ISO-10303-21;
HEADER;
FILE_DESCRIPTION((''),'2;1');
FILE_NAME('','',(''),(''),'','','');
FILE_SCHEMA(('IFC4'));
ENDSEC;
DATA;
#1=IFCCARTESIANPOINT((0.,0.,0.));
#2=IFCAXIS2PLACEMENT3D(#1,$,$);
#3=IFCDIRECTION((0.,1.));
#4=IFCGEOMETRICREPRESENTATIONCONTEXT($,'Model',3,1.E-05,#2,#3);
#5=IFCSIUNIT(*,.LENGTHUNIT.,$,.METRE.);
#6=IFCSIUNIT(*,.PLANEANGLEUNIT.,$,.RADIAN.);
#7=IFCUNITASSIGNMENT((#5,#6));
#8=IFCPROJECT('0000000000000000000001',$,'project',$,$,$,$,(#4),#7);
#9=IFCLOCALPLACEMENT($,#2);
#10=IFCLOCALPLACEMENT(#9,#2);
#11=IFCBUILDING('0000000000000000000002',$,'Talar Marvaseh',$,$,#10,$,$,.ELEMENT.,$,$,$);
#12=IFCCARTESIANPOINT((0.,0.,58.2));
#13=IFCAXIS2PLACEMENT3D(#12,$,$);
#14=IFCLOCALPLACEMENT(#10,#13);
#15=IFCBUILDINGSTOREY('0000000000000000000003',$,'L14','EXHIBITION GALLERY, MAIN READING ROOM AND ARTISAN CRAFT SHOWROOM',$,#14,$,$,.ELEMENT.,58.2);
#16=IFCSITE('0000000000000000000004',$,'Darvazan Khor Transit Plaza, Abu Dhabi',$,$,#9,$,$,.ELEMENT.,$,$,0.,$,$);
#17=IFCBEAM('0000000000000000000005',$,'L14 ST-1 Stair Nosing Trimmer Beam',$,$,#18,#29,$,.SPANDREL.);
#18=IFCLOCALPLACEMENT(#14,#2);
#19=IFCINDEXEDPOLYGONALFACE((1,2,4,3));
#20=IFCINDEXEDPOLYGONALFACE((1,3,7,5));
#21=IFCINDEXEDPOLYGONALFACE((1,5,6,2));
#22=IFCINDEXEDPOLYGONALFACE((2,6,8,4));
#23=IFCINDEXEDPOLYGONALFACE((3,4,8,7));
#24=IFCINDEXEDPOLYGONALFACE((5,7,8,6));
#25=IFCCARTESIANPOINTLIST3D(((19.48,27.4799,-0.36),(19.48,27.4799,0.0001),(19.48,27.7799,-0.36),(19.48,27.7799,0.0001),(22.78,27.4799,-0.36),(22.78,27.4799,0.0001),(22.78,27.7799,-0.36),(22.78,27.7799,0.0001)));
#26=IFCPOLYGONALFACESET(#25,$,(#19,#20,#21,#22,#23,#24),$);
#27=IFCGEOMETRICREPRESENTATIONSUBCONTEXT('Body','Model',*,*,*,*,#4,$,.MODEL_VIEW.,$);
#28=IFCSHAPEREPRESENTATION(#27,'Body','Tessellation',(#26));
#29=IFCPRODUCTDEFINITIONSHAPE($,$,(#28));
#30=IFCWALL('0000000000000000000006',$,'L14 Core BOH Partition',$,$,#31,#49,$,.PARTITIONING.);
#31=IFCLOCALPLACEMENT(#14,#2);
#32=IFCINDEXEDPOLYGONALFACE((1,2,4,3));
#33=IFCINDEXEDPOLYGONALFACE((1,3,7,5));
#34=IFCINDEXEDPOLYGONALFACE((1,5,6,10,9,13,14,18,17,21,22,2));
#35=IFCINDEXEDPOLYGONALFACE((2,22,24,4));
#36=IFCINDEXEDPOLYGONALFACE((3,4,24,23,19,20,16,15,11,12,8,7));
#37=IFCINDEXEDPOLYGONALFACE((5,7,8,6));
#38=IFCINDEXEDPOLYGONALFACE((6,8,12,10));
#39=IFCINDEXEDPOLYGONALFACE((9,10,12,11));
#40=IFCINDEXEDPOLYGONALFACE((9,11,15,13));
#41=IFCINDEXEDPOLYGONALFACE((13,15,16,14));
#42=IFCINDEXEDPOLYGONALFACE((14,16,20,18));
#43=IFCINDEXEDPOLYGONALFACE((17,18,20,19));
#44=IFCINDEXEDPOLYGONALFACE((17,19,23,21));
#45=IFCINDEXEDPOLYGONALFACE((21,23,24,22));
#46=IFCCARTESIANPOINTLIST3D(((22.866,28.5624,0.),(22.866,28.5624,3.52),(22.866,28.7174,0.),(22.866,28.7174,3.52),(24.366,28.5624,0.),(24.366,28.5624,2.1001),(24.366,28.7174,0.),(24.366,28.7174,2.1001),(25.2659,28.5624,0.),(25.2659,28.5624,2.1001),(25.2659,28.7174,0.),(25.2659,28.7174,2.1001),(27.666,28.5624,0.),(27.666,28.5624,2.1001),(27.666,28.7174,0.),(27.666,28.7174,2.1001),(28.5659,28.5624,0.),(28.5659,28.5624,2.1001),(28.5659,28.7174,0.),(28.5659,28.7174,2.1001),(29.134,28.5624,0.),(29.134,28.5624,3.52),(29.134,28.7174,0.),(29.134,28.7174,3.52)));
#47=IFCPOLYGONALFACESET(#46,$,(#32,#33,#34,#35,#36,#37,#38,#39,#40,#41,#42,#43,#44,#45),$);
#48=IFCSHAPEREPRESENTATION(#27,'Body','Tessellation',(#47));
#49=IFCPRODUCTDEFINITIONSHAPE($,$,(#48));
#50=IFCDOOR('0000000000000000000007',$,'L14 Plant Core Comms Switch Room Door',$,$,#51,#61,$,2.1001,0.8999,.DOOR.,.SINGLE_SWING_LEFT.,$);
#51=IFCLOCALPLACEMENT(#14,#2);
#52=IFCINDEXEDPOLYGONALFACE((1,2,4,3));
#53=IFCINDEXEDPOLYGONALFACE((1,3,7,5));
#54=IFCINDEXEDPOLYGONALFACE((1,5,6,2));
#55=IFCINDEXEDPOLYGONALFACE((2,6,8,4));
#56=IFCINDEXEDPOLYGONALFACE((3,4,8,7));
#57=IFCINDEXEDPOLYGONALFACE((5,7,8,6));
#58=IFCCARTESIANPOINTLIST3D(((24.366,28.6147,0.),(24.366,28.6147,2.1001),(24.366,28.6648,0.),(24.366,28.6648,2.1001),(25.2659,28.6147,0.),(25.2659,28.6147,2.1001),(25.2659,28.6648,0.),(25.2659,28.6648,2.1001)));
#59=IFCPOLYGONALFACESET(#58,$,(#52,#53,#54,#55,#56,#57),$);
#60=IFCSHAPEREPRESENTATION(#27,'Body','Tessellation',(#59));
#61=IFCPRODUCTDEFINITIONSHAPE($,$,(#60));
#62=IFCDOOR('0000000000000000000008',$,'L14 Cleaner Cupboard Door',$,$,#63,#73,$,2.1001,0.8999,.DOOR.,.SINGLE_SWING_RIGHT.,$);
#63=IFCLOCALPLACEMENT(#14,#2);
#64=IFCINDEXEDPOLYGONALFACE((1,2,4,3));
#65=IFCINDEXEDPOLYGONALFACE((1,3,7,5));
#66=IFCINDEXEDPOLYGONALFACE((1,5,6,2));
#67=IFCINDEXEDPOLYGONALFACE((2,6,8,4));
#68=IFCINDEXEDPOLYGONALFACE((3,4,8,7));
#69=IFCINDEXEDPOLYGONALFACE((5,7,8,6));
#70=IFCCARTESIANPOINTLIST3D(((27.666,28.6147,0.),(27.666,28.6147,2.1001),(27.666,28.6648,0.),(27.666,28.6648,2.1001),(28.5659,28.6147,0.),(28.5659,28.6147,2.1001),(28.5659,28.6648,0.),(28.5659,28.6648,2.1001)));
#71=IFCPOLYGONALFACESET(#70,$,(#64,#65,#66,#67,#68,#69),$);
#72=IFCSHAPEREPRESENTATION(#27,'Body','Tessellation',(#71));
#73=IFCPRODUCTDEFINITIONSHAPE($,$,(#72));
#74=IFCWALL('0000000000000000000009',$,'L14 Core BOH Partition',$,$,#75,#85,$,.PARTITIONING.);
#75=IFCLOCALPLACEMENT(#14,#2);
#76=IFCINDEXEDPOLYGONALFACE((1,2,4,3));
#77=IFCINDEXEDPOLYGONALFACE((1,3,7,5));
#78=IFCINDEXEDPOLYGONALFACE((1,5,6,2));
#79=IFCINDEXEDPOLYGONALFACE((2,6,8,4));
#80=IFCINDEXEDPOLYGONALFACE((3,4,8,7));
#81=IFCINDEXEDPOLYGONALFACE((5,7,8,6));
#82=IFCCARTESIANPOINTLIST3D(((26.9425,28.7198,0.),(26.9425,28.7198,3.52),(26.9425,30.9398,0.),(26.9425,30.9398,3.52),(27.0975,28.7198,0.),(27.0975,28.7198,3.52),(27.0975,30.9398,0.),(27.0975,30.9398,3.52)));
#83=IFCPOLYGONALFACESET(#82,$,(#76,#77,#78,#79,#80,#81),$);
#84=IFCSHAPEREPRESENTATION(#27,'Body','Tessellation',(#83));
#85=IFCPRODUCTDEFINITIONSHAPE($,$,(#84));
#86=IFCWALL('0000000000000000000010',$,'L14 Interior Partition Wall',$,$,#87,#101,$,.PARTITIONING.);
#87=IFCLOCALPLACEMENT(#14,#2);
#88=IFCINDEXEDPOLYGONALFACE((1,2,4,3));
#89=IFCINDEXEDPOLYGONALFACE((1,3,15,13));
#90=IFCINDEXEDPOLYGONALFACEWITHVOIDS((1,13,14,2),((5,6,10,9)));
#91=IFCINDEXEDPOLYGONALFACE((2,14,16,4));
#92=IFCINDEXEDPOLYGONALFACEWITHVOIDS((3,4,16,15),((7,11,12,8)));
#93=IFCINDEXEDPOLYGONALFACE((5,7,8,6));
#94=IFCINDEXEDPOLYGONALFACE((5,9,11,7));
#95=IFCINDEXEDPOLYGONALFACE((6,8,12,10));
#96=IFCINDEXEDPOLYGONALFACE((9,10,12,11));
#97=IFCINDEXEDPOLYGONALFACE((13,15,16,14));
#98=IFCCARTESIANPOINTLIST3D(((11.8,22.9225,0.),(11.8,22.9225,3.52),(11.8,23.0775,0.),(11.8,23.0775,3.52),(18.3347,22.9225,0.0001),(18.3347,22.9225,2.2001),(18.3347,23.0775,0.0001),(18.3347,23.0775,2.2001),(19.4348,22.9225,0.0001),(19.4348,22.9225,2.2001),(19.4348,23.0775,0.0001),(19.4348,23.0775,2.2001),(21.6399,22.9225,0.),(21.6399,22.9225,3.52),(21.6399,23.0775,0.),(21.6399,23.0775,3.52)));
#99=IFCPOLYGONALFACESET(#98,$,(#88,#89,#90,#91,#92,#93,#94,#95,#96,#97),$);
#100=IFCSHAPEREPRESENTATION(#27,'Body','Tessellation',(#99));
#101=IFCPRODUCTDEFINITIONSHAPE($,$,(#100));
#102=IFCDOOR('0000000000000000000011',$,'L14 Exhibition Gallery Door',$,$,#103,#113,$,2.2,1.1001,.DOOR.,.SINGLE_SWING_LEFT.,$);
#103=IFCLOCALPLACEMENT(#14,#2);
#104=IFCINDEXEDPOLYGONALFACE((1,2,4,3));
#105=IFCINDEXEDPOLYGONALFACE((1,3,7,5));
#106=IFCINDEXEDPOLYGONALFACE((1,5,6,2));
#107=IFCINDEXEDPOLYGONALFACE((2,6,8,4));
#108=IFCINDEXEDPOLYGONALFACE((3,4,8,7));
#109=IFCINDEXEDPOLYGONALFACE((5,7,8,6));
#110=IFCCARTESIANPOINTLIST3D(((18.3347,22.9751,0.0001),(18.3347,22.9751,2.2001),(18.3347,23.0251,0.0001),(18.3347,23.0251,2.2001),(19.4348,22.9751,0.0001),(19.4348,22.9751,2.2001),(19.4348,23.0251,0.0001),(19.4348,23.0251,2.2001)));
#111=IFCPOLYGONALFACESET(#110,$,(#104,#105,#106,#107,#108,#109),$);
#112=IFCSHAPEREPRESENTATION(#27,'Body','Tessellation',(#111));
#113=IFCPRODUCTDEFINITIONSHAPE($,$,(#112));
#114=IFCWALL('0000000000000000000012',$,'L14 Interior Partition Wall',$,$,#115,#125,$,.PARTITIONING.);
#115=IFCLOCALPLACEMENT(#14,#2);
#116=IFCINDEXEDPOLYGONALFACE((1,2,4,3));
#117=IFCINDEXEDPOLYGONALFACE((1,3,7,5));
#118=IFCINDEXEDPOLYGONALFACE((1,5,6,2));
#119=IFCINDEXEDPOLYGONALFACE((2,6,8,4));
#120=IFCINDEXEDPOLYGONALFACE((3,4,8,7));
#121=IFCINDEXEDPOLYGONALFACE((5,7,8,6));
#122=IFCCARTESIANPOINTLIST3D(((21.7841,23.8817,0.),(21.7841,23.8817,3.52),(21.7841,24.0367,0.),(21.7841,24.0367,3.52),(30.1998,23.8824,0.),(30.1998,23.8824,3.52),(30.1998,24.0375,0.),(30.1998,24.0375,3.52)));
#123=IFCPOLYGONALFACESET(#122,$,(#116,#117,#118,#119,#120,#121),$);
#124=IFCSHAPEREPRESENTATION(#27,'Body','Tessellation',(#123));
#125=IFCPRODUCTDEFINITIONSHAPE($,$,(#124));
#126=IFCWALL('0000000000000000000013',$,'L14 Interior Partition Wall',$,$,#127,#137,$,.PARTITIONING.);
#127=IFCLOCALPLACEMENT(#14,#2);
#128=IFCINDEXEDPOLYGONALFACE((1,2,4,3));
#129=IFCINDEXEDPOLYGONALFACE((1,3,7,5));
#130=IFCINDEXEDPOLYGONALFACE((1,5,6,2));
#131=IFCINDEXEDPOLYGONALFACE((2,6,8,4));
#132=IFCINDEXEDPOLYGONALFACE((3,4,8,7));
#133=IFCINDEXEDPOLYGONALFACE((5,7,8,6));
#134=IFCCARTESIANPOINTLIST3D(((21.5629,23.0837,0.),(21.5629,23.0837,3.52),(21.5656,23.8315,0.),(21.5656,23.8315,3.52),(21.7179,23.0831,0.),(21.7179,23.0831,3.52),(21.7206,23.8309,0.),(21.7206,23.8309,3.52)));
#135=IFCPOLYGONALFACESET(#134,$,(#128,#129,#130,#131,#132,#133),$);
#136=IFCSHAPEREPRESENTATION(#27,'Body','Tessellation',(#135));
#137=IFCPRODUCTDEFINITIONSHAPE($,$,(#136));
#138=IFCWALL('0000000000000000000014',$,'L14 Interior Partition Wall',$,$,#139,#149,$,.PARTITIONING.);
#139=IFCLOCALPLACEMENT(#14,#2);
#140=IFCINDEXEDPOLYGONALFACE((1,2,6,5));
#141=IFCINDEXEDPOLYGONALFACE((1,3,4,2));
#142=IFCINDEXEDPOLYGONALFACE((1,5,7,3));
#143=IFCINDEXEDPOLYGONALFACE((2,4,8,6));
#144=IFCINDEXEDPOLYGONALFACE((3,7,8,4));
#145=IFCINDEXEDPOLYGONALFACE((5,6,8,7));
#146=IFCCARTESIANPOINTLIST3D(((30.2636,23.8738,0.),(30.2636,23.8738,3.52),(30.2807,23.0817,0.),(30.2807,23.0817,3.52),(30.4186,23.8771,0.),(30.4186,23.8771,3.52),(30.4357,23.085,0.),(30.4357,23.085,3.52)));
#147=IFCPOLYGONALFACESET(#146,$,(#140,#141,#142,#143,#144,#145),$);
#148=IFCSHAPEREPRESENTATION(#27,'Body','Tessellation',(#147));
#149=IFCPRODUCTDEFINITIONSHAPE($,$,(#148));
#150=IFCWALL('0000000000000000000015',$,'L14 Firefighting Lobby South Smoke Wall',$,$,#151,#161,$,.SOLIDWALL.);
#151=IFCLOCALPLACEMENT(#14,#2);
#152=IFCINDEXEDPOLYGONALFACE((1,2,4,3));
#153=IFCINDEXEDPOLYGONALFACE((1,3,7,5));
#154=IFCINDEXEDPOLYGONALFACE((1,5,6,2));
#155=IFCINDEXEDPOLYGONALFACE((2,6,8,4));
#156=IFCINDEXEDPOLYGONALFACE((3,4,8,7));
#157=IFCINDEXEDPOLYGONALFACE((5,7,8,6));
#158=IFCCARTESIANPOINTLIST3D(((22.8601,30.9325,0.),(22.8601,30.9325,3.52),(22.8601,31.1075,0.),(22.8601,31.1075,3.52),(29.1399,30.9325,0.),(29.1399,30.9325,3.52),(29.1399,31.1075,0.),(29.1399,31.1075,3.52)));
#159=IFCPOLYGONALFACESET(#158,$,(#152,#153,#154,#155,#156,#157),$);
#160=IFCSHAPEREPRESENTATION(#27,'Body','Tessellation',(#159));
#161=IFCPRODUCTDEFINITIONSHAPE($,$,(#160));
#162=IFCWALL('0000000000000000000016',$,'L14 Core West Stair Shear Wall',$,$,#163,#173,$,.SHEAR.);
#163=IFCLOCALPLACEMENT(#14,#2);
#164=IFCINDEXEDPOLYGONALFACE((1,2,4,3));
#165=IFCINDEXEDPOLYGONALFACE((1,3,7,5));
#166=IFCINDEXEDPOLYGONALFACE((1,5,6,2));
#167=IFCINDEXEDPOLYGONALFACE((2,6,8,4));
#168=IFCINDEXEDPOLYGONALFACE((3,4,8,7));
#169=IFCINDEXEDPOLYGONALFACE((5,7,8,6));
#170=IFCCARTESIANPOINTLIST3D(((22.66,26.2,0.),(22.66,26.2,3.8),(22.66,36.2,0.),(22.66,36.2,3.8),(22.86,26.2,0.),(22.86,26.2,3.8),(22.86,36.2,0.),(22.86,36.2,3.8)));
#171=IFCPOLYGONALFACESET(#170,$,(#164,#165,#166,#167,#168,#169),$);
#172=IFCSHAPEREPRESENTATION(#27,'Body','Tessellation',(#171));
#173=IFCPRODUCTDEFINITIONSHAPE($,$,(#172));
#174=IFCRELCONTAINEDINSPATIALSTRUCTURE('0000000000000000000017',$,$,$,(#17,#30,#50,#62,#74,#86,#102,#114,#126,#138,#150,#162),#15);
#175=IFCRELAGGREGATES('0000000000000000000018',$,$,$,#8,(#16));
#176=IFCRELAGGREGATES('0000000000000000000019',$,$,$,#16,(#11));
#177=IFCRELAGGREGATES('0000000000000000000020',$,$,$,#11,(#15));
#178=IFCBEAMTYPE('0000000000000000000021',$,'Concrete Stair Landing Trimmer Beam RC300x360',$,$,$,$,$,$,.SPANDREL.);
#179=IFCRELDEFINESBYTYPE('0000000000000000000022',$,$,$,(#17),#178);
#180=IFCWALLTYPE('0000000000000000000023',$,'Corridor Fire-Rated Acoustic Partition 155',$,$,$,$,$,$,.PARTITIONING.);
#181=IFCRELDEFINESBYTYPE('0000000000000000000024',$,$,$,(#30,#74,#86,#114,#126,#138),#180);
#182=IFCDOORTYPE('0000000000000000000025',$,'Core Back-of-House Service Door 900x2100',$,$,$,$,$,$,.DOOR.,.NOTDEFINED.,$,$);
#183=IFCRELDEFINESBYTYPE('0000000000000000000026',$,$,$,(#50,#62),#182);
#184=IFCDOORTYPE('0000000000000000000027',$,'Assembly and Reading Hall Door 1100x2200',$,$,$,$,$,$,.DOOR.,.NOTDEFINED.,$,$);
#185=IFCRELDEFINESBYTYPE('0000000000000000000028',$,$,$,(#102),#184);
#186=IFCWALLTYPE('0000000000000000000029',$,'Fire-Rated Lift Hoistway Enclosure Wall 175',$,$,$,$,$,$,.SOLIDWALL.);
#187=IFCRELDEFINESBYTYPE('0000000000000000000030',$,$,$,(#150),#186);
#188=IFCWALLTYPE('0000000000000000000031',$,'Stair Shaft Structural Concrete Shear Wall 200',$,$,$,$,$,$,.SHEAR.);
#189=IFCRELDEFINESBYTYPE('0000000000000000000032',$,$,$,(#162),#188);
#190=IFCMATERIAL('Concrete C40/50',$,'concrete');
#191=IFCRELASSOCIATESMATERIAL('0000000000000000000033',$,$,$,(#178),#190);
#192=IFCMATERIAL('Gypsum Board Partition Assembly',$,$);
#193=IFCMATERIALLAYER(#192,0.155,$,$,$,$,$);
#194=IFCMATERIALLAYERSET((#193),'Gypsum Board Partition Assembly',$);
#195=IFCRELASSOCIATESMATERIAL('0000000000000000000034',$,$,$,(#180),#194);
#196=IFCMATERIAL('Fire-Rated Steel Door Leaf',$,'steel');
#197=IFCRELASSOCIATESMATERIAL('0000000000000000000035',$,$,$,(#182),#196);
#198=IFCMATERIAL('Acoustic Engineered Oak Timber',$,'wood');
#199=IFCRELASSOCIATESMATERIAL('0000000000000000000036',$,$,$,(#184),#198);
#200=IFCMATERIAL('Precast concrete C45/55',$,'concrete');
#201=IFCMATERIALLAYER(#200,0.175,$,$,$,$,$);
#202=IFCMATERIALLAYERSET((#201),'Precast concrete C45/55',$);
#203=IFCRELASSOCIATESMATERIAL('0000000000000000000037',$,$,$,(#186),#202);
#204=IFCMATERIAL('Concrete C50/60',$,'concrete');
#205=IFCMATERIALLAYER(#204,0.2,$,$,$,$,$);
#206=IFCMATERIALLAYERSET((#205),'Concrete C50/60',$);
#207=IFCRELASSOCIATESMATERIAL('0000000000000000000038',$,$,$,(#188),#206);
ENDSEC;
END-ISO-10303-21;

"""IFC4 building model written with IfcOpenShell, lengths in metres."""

from ifc_helpers import new_model, si_unit, direction, frame, frame_2d, origin, origin_2d, place, context, subcontext, project, spatial, rectangle, extrude, source, transform, mapped, material, layer, layer_set, material_profile, profile_set, type_object, type_shapes, element, fill, save


model = new_model("IFC4")

# Units and contexts
model_context = context("Model", 3, precision=1e-05, world=origin(), true_north=direction((0.0, 1.0)))
body_context = subcontext(model_context, "Body", "Model", "MODEL_VIEW")
ifc_project = project(units=[si_unit("LENGTHUNIT", "METRE"), si_unit("PLANEANGLEUNIT", "RADIAN")], contexts=[model_context])

# Site, building, storey
site_placement = place(None, origin())
site = spatial("IfcSite", under=ifc_project, at=site_placement, Name="Darvazan Khor Transit Plaza, Abu Dhabi", CompositionType="ELEMENT", RefElevation=0.0)
building_placement = place(site_placement, origin())
building = spatial("IfcBuilding", under=site, at=building_placement, Name="Talar Marvaseh", CompositionType="ELEMENT")
storey_placement = place(building_placement, frame((0.0, 0.0, 58.2)))
storey = spatial("IfcBuildingStorey", under=building, at=storey_placement, Name="L14", Description="EXHIBITION GALLERY, MAIN READING ROOM AND ARTISAN CRAFT SHOWROOM", CompositionType="ELEMENT", Elevation=58.2)

# Beam
ifc_material_1 = material(Name="Concrete C40/50", Category="concrete")
ifc_material_profile = material_profile(ifc_material_1, rectangle(XDim=0.3, YDim=0.3601, at=origin_2d()), Name="RC300x360")
ifc_profile_set = profile_set([ifc_material_profile], Name="Concrete C40/50")
beam_type = type_object("IfcBeamType", Name="Concrete Stair Landing Trimmer Beam RC300x360", PredefinedType="SPANDREL", material=ifc_profile_set)
beam_placement = place(storey_placement, frame((22.78, 27.6299, -0.1799), z_axis=(-1.0, 0.0, 0.0), x_axis=(0.0, -1.0, 0.0)))
element("IfcBeam", 1, at=beam_placement, inside=storey, type_object=beam_type, Name="L14 ST-1 Stair Nosing Trimmer Beam", PredefinedType="SPANDREL", context=body_context, shape_type="SweptSolid", body=[
    extrude(rectangle(XDim=0.3, YDim=0.3601, at=origin_2d()), origin(), (0.0, 0.0, 1.0), 3.3),
])

# Wall, openings, doors
ifc_material_2 = material(Name="Gypsum Board Partition Assembly")
ifc_layer_1 = layer(ifc_material_2, 0.155)
ifc_layer_set_1 = layer_set([ifc_layer_1], Name="Gypsum Board Partition Assembly")
wall_type_1 = type_object("IfcWallType", Name="Corridor Fire-Rated Acoustic Partition 155", PredefinedType="PARTITIONING", material=ifc_layer_set_1)
wall_1_placement = place(storey_placement, frame((22.866, 28.6399, 0.0), z_axis=(0.0, 0.0, 1.0), x_axis=(1.0, 0.0, 0.0)))
wall_1 = element("IfcWall", 2, at=wall_1_placement, inside=storey, type_object=wall_type_1, Name="L14 Core BOH Partition", PredefinedType="PARTITIONING", context=body_context, shape_type="SweptSolid", body=[
    extrude(rectangle(XDim=6.2681, YDim=0.155, at=frame_2d((3.134, 0.0))), origin(), (0.0, 0.0, 1.0), 3.52),
])
opening_1_placement = place(wall_1_placement, frame((1.5, 0.0, 0.0)))
opening_1 = element("IfcOpeningElement", 3, at=opening_1_placement, cuts=wall_1, PredefinedType="OPENING", context=body_context, shape_type="SweptSolid", body=[
    extrude(rectangle(XDim=0.8999, YDim=2.1001, at=frame_2d((0.45, 1.05))), frame((0.0, 0.0874, 0.0), z_axis=(0.0, -1.0, 0.0), x_axis=(1.0, 0.0, 0.0)), (0.0, 0.0, 1.0), 0.175),
])
opening_2_placement = place(wall_1_placement, frame((4.8, 0.0, 0.0)))
opening_2 = element("IfcOpeningElement", 4, at=opening_2_placement, cuts=wall_1, PredefinedType="OPENING", context=body_context, shape_type="SweptSolid", body=[
    extrude(rectangle(XDim=0.8999, YDim=2.1001, at=frame_2d((0.45, 1.05))), frame((0.0, 0.0874, 0.0), z_axis=(0.0, -1.0, 0.0), x_axis=(1.0, 0.0, 0.0)), (0.0, 0.0, 1.0), 0.175),
])
ifc_material_3 = material(Name="Fire-Rated Steel Door Leaf", Category="steel")
door_type_1 = type_object("IfcDoorType", Name="Core Back-of-House Service Door 900x2100", OperationType="NOTDEFINED", PredefinedType="DOOR", material=ifc_material_3)
shared_shape_1 = source(origin(), body_context, "Body", "SweptSolid", [
    extrude(rectangle(XDim=0.8999, YDim=2.1001, at=frame_2d((0.45, 1.05))), frame((0.0, 0.0249, 0.0), z_axis=(0.0, -1.0, 0.0), x_axis=(1.0, 0.0, 0.0)), (0.0, 0.0, 1.0), 0.05),
])
type_shapes(door_type_1, [shared_shape_1])
door_1_placement = place(opening_1_placement, origin())
door_1 = element("IfcDoor", 5, at=door_1_placement, inside=storey, type_object=door_type_1, Name="L14 Plant Core Comms Switch Room Door", OperationType="SINGLE_SWING_LEFT", OverallHeight=2.1001, OverallWidth=0.8999, PredefinedType="DOOR", context=body_context, shape_type="MappedRepresentation", body=[
    mapped(shared_shape_1, transform((0.0, 0.0, 0.0), x_axis=(1.0, 0.0, 0.0), y_axis=(0.0, 1.0, 0.0), z_axis=(0.0, 0.0, 1.0), scale=1.0)),
])
fill(opening_1, door_1)
door_2_placement = place(opening_2_placement, origin())
door_2 = element("IfcDoor", 6, at=door_2_placement, inside=storey, type_object=door_type_1, Name="L14 Cleaner Cupboard Door", OperationType="SINGLE_SWING_RIGHT", OverallHeight=2.1001, OverallWidth=0.8999, PredefinedType="DOOR", context=body_context, shape_type="MappedRepresentation", body=[
    mapped(shared_shape_1, transform((0.0, 0.0, 0.0), x_axis=(1.0, 0.0, 0.0), y_axis=(0.0, 1.0, 0.0), z_axis=(0.0, 0.0, 1.0), scale=1.0)),
])
fill(opening_2, door_2)

# Wall
wall_2_placement = place(storey_placement, frame((27.02, 28.72, 0.0), z_axis=(0.0, 0.0, 1.0), x_axis=(0.0, 1.0, 0.0)))
element("IfcWall", 7, at=wall_2_placement, inside=storey, type_object=wall_type_1, Name="L14 Core BOH Partition", PredefinedType="PARTITIONING", context=body_context, shape_type="SweptSolid", body=[
    extrude(rectangle(XDim=2.22, YDim=0.155, at=frame_2d((1.1099, 0.0))), origin(), (0.0, 0.0, 1.0), 3.52),
])

# Wall, opening, door
wall_3_placement = place(storey_placement, frame((21.6399, 23.0, 0.0), z_axis=(0.0, 0.0, 1.0), x_axis=(-1.0, 0.0, 0.0)))
wall_3 = element("IfcWall", 8, at=wall_3_placement, inside=storey, type_object=wall_type_1, Name="L14 Interior Partition Wall", PredefinedType="PARTITIONING", context=body_context, shape_type="SweptSolid", body=[
    extrude(rectangle(XDim=9.8398, YDim=0.155, at=frame_2d((4.9199, 0.0))), origin(), (0.0, 0.0, 1.0), 3.52),
])
opening_3_placement = place(wall_3_placement, frame((2.2051, 0.0, 0.0)))
opening_3 = element("IfcOpeningElement", 9, at=opening_3_placement, cuts=wall_3, PredefinedType="OPENING", context=body_context, shape_type="SweptSolid", body=[
    extrude(rectangle(XDim=1.1001, YDim=2.2, at=frame_2d((0.55, 1.1001))), frame((0.0, 0.0874, 0.0), z_axis=(0.0, -1.0, 0.0), x_axis=(1.0, 0.0, 0.0)), (0.0, 0.0, 1.0), 0.175),
])
ifc_material_4 = material(Name="Acoustic Engineered Oak Timber", Category="wood")
door_type_2 = type_object("IfcDoorType", Name="Assembly and Reading Hall Door 1100x2200", OperationType="NOTDEFINED", PredefinedType="DOOR", material=ifc_material_4)
shared_shape_2 = source(origin(), body_context, "Body", "SweptSolid", [
    extrude(rectangle(XDim=1.1001, YDim=2.2, at=frame_2d((0.55, 1.1001))), frame((0.0, 0.0249, 0.0), z_axis=(0.0, -1.0, 0.0), x_axis=(1.0, 0.0, 0.0)), (0.0, 0.0, 1.0), 0.05),
])
type_shapes(door_type_2, [shared_shape_2])
door_3_placement = place(opening_3_placement, origin())
door_3 = element("IfcDoor", 10, at=door_3_placement, inside=storey, type_object=door_type_2, Name="L14 Exhibition Gallery Door", OperationType="SINGLE_SWING_LEFT", OverallHeight=2.2, OverallWidth=1.1001, PredefinedType="DOOR", context=body_context, shape_type="MappedRepresentation", body=[
    mapped(shared_shape_2, transform((0.0, 0.0, 0.0), x_axis=(1.0, 0.0, 0.0), y_axis=(0.0, 1.0, 0.0), z_axis=(0.0, 0.0, 1.0), scale=1.0)),
])
fill(opening_3, door_3)

# Walls
wall_4_placement = place(storey_placement, frame((30.2, 23.96, 0.0), z_axis=(0.0, 0.0, 1.0), x_axis=(-1.0, -0.000087, 0.0)))
element("IfcWall", 11, at=wall_4_placement, inside=storey, type_object=wall_type_1, Name="L14 Interior Partition Wall", PredefinedType="PARTITIONING", context=body_context, shape_type="SweptSolid", body=[
    extrude(rectangle(XDim=8.4158, YDim=0.155, at=frame_2d((4.208, 0.0))), origin(), (0.0, 0.0, 1.0), 3.52),
])
wall_5_placement = place(storey_placement, frame((21.6431, 23.8313, 0.0), z_axis=(0.0, 0.0, 1.0), x_axis=(-0.003591, -0.999994, 0.0)))
element("IfcWall", 12, at=wall_5_placement, inside=storey, type_object=wall_type_1, Name="L14 Interior Partition Wall", PredefinedType="PARTITIONING", context=body_context, shape_type="SweptSolid", body=[
    extrude(rectangle(XDim=0.7478, YDim=0.155, at=frame_2d((0.374, 0.0))), origin(), (0.0, 0.0, 1.0), 3.52),
])
wall_6_placement = place(storey_placement, frame((30.3582, 23.0835, 0.0), z_axis=(0.0, 0.0, 1.0), x_axis=(-0.021573, 0.999767, 0.0)))
element("IfcWall", 13, at=wall_6_placement, inside=storey, type_object=wall_type_1, Name="L14 Interior Partition Wall", PredefinedType="PARTITIONING", context=body_context, shape_type="SweptSolid", body=[
    extrude(rectangle(XDim=0.7922, YDim=0.155, at=frame_2d((0.396, 0.0))), origin(), (0.0, 0.0, 1.0), 3.52),
])
ifc_material_5 = material(Name="Precast concrete C45/55", Category="concrete")
ifc_layer_2 = layer(ifc_material_5, 0.175)
ifc_layer_set_2 = layer_set([ifc_layer_2], Name="Precast concrete C45/55")
wall_type_2 = type_object("IfcWallType", Name="Fire-Rated Lift Hoistway Enclosure Wall 175", PredefinedType="SOLIDWALL", material=ifc_layer_set_2)
wall_7_placement = place(storey_placement, frame((22.8601, 31.02, 0.0), z_axis=(0.0, 0.0, 1.0), x_axis=(1.0, 0.0, 0.0)))
element("IfcWall", 14, at=wall_7_placement, inside=storey, type_object=wall_type_2, Name="L14 Firefighting Lobby South Smoke Wall", PredefinedType="SOLIDWALL", context=body_context, shape_type="SweptSolid", body=[
    extrude(rectangle(XDim=6.2798, YDim=0.175, at=frame_2d((3.1399, 0.0))), origin(), (0.0, 0.0, 1.0), 3.52),
])
ifc_material_6 = material(Name="Concrete C50/60", Category="concrete")
ifc_layer_3 = layer(ifc_material_6, 0.2)
ifc_layer_set_3 = layer_set([ifc_layer_3], Name="Concrete C50/60")
wall_type_3 = type_object("IfcWallType", Name="Stair Shaft Structural Concrete Shear Wall 200", PredefinedType="SHEAR", material=ifc_layer_set_3)
wall_8_placement = place(storey_placement, frame((22.76, 26.2, 0.0), z_axis=(0.0, 0.0, 1.0), x_axis=(0.0, 1.0, 0.0)))
element("IfcWall", 15, at=wall_8_placement, inside=storey, type_object=wall_type_3, Name="L14 Core West Stair Shear Wall", PredefinedType="SHEAR", context=body_context, shape_type="SweptSolid", body=[
    extrude(rectangle(XDim=10.0, YDim=0.2, at=frame_2d((5.0, 0.0))), origin(), (0.0, 0.0, 1.0), 3.8),
])

save(model, "model.ifc")
